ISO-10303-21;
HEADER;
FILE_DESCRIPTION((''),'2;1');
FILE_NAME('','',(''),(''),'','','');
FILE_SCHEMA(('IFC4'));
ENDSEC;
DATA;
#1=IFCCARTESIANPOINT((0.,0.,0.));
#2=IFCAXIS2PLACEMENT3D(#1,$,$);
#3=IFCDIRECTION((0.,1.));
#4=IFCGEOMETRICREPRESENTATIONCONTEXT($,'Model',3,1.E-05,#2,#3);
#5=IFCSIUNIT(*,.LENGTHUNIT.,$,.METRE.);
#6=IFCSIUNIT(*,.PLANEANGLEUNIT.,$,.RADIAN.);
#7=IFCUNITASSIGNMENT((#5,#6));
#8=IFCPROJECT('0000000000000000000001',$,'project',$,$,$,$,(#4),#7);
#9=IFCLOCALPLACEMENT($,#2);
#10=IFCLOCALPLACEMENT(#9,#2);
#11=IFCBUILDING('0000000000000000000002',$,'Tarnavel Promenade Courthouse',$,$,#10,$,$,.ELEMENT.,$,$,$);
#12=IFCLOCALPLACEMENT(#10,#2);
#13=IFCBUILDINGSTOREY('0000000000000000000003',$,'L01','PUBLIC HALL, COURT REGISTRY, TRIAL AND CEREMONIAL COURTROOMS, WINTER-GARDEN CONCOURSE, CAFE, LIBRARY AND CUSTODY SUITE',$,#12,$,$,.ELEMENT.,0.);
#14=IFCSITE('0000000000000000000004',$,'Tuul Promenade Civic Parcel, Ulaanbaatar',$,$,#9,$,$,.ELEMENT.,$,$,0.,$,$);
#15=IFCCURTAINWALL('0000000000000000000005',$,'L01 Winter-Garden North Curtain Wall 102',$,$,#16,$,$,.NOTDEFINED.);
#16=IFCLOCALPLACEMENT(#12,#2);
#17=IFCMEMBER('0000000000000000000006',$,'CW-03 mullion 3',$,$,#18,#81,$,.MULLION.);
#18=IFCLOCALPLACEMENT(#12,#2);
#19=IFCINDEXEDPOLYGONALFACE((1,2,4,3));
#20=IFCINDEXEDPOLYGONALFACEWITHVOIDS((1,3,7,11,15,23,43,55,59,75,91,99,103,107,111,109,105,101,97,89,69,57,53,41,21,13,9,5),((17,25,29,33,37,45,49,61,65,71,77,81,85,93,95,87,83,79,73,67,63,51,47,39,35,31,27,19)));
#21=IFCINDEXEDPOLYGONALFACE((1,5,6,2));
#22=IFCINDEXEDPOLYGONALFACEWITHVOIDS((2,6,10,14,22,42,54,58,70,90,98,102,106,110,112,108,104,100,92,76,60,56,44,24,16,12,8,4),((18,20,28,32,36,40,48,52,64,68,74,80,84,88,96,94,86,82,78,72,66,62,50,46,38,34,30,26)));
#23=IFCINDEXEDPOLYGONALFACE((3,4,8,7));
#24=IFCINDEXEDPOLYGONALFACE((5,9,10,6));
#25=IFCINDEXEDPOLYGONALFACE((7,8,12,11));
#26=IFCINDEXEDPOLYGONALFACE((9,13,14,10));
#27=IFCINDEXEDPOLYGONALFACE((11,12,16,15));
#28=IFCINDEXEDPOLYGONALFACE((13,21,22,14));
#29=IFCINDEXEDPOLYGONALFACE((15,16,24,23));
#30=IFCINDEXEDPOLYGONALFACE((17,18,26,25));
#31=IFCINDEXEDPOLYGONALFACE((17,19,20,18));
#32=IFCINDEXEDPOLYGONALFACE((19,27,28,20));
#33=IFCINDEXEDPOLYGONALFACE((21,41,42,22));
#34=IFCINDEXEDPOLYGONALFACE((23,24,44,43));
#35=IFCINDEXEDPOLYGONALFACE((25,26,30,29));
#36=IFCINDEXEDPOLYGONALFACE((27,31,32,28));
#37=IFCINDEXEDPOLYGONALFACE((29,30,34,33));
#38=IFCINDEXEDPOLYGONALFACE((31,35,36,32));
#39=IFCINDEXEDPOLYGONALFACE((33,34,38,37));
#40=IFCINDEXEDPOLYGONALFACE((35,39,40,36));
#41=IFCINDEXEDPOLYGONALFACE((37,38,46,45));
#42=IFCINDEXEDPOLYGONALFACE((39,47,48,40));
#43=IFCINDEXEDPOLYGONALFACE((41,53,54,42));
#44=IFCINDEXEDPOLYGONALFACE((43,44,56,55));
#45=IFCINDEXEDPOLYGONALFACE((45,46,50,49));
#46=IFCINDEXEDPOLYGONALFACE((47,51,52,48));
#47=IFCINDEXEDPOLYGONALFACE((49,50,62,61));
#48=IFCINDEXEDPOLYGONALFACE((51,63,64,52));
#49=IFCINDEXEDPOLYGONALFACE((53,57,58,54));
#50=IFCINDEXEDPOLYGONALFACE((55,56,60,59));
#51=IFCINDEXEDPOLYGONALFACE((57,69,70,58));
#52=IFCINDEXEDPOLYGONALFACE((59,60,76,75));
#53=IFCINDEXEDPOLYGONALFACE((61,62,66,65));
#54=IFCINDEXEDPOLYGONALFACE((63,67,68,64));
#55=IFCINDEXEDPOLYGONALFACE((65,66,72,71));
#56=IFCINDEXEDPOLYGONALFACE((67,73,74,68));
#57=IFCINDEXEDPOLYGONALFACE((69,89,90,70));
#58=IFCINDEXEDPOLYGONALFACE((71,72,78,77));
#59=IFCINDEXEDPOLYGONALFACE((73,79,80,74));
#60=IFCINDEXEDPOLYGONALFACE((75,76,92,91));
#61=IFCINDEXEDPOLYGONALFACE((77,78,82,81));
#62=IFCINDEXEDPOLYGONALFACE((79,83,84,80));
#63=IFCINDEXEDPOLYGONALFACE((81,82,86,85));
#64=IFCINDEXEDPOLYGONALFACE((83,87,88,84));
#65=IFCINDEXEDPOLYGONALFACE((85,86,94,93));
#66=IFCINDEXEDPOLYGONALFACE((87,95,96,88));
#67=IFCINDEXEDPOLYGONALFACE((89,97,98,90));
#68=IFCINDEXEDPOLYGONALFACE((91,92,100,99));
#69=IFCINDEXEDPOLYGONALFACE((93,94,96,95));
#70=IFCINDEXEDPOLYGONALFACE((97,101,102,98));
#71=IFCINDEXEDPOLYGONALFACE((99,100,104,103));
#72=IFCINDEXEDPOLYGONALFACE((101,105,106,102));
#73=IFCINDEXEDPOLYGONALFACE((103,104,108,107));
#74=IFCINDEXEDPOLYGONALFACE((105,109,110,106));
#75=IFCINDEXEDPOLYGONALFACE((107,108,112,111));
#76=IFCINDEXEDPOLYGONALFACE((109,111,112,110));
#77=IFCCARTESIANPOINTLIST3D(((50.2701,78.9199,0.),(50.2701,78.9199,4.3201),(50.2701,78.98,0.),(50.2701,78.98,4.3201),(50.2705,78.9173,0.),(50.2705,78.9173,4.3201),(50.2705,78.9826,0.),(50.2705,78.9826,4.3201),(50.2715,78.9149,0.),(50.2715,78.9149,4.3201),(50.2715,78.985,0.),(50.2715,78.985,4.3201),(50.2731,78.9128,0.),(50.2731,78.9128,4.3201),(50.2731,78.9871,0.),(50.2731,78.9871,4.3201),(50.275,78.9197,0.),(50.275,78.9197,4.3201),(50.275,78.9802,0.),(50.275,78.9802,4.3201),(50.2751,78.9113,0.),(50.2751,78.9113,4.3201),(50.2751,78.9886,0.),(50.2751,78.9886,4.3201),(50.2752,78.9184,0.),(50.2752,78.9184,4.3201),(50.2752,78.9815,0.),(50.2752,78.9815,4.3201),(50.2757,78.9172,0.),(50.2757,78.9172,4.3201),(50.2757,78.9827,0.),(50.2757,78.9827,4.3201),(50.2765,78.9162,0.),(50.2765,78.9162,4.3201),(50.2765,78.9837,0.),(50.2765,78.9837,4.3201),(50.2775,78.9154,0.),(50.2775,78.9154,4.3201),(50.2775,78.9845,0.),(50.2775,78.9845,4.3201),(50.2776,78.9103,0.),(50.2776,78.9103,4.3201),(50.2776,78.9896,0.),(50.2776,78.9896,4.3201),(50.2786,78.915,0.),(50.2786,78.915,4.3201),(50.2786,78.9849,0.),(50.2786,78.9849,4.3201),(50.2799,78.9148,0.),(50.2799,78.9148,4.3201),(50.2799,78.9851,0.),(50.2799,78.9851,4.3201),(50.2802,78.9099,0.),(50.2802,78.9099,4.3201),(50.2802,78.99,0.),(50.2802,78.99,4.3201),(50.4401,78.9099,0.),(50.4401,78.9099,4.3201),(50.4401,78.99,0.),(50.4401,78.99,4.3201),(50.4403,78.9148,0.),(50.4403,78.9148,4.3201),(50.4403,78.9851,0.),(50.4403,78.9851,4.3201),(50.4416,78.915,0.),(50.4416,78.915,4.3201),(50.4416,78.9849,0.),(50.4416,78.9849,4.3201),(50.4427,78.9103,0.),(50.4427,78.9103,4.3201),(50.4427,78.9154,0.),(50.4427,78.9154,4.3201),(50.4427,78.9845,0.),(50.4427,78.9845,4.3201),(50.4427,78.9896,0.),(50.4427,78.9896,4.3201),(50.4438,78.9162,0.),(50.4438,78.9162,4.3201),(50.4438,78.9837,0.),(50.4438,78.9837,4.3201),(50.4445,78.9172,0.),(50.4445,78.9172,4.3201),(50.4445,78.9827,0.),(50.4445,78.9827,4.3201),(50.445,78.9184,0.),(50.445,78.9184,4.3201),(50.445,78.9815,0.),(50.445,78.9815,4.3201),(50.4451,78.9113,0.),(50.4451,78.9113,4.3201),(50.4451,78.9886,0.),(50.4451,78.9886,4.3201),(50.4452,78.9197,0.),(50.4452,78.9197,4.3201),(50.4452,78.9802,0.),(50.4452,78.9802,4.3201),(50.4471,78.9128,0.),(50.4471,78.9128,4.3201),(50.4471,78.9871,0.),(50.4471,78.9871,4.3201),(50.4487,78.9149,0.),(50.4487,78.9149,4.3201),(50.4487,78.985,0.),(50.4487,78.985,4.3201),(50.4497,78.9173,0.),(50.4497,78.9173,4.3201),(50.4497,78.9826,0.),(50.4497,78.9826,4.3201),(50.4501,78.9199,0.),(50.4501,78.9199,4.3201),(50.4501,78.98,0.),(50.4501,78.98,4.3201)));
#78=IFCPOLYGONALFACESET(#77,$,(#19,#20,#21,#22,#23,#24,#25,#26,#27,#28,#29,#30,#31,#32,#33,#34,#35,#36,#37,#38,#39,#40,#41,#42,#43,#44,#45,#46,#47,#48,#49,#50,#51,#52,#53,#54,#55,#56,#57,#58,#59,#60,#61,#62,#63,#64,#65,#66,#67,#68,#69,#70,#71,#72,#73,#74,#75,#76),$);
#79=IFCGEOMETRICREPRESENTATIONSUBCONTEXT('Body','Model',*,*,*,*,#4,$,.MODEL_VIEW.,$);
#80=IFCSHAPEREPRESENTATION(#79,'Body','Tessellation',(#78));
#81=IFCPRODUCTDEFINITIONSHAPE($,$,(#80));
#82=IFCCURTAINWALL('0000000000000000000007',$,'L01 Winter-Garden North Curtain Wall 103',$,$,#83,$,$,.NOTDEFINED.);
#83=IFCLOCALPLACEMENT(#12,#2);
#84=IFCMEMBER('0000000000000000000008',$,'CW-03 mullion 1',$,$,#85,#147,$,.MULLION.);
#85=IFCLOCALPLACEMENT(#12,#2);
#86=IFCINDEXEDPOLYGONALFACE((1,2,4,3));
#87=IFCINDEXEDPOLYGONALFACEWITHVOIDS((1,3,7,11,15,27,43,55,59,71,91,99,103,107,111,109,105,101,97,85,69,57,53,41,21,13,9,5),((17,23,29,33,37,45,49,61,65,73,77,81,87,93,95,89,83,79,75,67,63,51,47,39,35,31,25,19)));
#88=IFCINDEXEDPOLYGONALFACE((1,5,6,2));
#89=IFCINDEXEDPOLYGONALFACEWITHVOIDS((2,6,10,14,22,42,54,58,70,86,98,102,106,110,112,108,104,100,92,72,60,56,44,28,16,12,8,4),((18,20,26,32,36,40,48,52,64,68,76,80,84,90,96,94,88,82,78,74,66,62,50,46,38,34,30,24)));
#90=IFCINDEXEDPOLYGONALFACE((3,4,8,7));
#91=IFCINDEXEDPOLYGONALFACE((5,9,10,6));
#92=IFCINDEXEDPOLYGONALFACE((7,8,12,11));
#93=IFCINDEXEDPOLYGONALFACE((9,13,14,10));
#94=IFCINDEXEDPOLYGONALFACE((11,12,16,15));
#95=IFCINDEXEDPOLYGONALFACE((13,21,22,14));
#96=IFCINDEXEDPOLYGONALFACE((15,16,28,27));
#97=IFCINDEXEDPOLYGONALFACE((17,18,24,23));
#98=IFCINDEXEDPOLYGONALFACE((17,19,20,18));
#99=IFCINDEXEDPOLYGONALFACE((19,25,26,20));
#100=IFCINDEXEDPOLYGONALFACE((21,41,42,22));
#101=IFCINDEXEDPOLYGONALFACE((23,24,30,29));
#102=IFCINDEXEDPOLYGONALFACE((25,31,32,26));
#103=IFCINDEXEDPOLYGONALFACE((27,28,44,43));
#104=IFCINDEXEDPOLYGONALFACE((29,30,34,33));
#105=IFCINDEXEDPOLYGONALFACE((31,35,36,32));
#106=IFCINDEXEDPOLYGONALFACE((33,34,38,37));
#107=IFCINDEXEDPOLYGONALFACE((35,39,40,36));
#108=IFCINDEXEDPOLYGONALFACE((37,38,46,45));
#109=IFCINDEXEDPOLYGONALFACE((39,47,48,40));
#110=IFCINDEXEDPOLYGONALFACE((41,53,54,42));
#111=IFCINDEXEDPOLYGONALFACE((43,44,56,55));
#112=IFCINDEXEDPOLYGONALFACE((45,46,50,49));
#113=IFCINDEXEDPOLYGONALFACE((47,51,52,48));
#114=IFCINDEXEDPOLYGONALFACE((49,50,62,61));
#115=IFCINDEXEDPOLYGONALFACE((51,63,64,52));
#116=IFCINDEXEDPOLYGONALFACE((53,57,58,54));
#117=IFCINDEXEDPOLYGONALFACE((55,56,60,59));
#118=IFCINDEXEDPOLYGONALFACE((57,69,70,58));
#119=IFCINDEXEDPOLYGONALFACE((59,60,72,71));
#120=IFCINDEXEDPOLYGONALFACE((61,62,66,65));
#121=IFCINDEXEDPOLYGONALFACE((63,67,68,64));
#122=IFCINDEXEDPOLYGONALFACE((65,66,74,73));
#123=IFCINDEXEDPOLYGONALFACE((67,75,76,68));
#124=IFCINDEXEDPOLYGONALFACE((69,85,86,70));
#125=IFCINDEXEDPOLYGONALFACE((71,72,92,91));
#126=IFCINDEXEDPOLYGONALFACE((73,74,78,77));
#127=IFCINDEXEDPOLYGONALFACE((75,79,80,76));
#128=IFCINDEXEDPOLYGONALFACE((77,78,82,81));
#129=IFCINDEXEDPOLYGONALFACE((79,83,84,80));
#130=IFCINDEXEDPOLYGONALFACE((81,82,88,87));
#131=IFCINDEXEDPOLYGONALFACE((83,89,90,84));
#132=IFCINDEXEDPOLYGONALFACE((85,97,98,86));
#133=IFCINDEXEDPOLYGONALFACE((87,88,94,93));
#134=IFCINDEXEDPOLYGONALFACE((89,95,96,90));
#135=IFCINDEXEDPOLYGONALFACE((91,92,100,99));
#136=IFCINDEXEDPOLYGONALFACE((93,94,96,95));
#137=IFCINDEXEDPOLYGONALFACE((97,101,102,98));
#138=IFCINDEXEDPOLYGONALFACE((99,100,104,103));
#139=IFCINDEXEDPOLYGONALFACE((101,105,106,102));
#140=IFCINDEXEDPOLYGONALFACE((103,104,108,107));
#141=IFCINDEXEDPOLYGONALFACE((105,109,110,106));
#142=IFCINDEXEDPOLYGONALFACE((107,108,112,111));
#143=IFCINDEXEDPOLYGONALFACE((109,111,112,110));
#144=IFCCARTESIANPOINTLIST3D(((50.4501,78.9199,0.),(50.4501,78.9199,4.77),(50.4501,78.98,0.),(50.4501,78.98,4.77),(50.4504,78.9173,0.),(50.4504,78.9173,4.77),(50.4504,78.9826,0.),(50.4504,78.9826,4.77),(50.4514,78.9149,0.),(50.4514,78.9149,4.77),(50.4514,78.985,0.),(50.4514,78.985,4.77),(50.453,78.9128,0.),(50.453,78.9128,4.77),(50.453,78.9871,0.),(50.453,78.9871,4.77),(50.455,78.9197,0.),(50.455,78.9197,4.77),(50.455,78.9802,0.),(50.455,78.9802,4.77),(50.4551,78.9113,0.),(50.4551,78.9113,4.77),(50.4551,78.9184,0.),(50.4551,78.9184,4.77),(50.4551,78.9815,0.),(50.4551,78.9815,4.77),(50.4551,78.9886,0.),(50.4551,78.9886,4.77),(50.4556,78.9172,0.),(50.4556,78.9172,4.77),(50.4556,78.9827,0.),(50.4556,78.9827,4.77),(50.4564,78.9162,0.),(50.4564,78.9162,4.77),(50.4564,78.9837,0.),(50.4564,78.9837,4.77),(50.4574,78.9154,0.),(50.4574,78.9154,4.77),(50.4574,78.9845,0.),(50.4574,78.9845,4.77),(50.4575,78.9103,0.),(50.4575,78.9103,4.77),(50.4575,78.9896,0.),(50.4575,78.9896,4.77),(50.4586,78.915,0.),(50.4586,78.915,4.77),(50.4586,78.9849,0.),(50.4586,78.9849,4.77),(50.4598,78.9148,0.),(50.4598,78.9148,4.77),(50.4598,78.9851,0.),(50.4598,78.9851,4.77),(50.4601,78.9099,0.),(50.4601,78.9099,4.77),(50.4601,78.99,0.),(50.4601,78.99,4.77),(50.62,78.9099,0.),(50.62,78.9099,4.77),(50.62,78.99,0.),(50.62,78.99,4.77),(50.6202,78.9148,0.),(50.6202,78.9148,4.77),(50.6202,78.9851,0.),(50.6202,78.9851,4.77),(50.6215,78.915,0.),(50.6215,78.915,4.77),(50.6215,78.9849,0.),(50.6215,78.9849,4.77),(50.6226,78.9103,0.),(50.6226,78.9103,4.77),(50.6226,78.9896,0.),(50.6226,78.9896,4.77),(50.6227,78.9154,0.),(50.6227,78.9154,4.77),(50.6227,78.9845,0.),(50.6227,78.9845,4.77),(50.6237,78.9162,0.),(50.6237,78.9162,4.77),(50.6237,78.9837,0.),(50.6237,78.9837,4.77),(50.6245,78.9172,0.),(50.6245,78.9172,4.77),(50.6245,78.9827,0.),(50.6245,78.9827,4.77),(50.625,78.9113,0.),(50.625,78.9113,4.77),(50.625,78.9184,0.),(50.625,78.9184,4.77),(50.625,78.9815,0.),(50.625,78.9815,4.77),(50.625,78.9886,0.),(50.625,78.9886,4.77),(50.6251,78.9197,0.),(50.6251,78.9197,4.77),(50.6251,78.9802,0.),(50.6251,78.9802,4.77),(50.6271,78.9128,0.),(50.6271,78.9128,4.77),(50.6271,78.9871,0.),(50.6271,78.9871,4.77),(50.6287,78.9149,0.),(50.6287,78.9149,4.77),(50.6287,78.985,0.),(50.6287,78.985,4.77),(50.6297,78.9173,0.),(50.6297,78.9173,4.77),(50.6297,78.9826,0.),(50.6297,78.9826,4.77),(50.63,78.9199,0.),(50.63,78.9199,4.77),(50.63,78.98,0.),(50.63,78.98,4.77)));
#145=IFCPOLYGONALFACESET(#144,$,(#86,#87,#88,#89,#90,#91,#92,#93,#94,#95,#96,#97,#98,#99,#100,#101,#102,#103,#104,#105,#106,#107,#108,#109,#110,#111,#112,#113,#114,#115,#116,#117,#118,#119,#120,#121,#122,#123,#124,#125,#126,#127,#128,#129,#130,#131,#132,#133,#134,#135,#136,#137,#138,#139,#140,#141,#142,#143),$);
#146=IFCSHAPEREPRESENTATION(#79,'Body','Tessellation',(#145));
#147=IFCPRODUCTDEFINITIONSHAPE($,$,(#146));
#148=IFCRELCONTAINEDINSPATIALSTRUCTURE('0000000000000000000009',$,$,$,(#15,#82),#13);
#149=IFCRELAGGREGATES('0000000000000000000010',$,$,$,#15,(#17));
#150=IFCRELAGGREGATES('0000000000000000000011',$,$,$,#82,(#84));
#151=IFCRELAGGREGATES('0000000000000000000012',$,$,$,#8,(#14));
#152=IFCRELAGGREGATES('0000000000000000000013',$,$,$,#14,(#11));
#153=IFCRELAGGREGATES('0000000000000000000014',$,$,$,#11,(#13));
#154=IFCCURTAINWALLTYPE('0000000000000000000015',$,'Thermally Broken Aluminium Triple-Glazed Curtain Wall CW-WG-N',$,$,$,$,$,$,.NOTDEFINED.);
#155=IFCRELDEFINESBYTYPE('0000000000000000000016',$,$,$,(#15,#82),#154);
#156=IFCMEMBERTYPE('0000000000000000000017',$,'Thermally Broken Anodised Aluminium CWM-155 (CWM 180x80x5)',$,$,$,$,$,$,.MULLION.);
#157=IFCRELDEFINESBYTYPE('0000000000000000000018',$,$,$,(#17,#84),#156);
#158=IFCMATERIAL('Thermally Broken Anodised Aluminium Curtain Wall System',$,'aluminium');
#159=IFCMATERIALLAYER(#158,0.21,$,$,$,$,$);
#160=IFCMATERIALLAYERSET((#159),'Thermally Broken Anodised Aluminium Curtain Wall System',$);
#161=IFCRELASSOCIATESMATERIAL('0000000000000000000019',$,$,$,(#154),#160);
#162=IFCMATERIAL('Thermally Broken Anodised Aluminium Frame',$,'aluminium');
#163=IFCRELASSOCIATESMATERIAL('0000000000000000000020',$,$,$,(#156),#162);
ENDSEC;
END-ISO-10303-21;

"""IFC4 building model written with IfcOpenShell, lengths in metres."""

from ifc_helpers import new_model, si_unit, direction, frame, origin, origin_2d, place, context, subcontext, project, spatial, hollow_rectangle, extrude, material, layer, layer_set, material_profile, profile_set, type_object, element, aggregate, save


model = new_model("IFC4")

# Units and contexts
model_context = context("Model", 3, precision=1e-05, world=origin(), true_north=direction((0.0, 1.0)))
body_context = subcontext(model_context, "Body", "Model", "MODEL_VIEW")
ifc_project = project(units=[si_unit("LENGTHUNIT", "METRE"), si_unit("PLANEANGLEUNIT", "RADIAN")], contexts=[model_context])

# Site, building, storey
site_placement = place(None, origin())
site = spatial("IfcSite", under=ifc_project, at=site_placement, Name="Tuul Promenade Civic Parcel, Ulaanbaatar", CompositionType="ELEMENT", RefElevation=0.0)
building_placement = place(site_placement, origin())
building = spatial("IfcBuilding", under=site, at=building_placement, Name="Tarnavel Promenade Courthouse", CompositionType="ELEMENT")
storey_placement = place(building_placement, origin())
storey = spatial("IfcBuildingStorey", under=building, at=storey_placement, Name="L01", Description="PUBLIC HALL, COURT REGISTRY, TRIAL AND CEREMONIAL COURTROOMS, WINTER-GARDEN CONCOURSE, CAFE, LIBRARY AND CUSTODY SUITE", CompositionType="ELEMENT", Elevation=0.0)

# Curtain wall, member
ifc_material_1 = material(Name="Thermally Broken Anodised Aluminium Curtain Wall System", Category="aluminium")
ifc_layer_1 = layer(ifc_material_1, 0.21)
ifc_layer_set_1 = layer_set([ifc_layer_1], Name="Thermally Broken Anodised Aluminium Curtain Wall System")
curtain_wall_type = type_object("IfcCurtainWallType", Name="Thermally Broken Aluminium Triple-Glazed Curtain Wall CW-WG-N", PredefinedType="NOTDEFINED", material=ifc_layer_set_1)
curtain_wall_1_placement = place(storey_placement, origin())
curtain_wall_1 = element("IfcCurtainWall", 1, at=curtain_wall_1_placement, inside=storey, type_object=curtain_wall_type, Name="L01 Winter-Garden North Curtain Wall 102", PredefinedType="NOTDEFINED")
ifc_material_2 = material(Name="Thermally Broken Anodised Aluminium Frame", Category="aluminium")
ifc_material_profile_1 = material_profile(ifc_material_2, hollow_rectangle(XDim=0.0801, YDim=0.1799, WallThickness=0.0049, InnerFilletRadius=0.0049, OuterFilletRadius=0.01, at=origin_2d()), Name="CWM 180x80x5")
ifc_profile_set_1 = profile_set([ifc_material_profile_1], Name="Thermally Broken Anodised Aluminium Frame")
member_type_1 = type_object("IfcMemberType", Name="Thermally Broken Anodised Aluminium CWM-155 (CWM 180x80x5)", PredefinedType="MULLION", material=ifc_profile_set_1)
member_1_placement = place(storey_placement, frame((50.3601, 78.95, 0.0), z_axis=(0.0, 0.0, 1.0), x_axis=(0.0, 1.0, 0.0)))
member_1 = element("IfcMember", 2, at=member_1_placement, type_object=member_type_1, Name="CW-03 mullion 3", PredefinedType="MULLION", context=body_context, shape_type="SweptSolid", body=[
    extrude(hollow_rectangle(XDim=0.0801, YDim=0.1799, WallThickness=0.0049, InnerFilletRadius=0.0049, OuterFilletRadius=0.01, at=origin_2d()), origin(), (0.0, 0.0, 1.0), 4.3201),
])

# Curtain wall, member
curtain_wall_2_placement = place(storey_placement, origin())
curtain_wall_2 = element("IfcCurtainWall", 3, at=curtain_wall_2_placement, inside=storey, type_object=curtain_wall_type, Name="L01 Winter-Garden North Curtain Wall 103", PredefinedType="NOTDEFINED")
member_2_placement = place(storey_placement, frame((50.54, 78.95, 0.0), z_axis=(0.0, 0.0, 1.0), x_axis=(0.0, 1.0, 0.0)))
member_2 = element("IfcMember", 4, at=member_2_placement, type_object=member_type_1, Name="CW-03 mullion 1", PredefinedType="MULLION", context=body_context, shape_type="SweptSolid", body=[
    extrude(hollow_rectangle(XDim=0.0801, YDim=0.1799, WallThickness=0.0049, InnerFilletRadius=0.0049, OuterFilletRadius=0.01, at=origin_2d()), origin(), (0.0, 0.0, 1.0), 4.77),
])

aggregate(curtain_wall_1, [member_1])
aggregate(curtain_wall_2, [member_2])

save(model, "model.ifc")
